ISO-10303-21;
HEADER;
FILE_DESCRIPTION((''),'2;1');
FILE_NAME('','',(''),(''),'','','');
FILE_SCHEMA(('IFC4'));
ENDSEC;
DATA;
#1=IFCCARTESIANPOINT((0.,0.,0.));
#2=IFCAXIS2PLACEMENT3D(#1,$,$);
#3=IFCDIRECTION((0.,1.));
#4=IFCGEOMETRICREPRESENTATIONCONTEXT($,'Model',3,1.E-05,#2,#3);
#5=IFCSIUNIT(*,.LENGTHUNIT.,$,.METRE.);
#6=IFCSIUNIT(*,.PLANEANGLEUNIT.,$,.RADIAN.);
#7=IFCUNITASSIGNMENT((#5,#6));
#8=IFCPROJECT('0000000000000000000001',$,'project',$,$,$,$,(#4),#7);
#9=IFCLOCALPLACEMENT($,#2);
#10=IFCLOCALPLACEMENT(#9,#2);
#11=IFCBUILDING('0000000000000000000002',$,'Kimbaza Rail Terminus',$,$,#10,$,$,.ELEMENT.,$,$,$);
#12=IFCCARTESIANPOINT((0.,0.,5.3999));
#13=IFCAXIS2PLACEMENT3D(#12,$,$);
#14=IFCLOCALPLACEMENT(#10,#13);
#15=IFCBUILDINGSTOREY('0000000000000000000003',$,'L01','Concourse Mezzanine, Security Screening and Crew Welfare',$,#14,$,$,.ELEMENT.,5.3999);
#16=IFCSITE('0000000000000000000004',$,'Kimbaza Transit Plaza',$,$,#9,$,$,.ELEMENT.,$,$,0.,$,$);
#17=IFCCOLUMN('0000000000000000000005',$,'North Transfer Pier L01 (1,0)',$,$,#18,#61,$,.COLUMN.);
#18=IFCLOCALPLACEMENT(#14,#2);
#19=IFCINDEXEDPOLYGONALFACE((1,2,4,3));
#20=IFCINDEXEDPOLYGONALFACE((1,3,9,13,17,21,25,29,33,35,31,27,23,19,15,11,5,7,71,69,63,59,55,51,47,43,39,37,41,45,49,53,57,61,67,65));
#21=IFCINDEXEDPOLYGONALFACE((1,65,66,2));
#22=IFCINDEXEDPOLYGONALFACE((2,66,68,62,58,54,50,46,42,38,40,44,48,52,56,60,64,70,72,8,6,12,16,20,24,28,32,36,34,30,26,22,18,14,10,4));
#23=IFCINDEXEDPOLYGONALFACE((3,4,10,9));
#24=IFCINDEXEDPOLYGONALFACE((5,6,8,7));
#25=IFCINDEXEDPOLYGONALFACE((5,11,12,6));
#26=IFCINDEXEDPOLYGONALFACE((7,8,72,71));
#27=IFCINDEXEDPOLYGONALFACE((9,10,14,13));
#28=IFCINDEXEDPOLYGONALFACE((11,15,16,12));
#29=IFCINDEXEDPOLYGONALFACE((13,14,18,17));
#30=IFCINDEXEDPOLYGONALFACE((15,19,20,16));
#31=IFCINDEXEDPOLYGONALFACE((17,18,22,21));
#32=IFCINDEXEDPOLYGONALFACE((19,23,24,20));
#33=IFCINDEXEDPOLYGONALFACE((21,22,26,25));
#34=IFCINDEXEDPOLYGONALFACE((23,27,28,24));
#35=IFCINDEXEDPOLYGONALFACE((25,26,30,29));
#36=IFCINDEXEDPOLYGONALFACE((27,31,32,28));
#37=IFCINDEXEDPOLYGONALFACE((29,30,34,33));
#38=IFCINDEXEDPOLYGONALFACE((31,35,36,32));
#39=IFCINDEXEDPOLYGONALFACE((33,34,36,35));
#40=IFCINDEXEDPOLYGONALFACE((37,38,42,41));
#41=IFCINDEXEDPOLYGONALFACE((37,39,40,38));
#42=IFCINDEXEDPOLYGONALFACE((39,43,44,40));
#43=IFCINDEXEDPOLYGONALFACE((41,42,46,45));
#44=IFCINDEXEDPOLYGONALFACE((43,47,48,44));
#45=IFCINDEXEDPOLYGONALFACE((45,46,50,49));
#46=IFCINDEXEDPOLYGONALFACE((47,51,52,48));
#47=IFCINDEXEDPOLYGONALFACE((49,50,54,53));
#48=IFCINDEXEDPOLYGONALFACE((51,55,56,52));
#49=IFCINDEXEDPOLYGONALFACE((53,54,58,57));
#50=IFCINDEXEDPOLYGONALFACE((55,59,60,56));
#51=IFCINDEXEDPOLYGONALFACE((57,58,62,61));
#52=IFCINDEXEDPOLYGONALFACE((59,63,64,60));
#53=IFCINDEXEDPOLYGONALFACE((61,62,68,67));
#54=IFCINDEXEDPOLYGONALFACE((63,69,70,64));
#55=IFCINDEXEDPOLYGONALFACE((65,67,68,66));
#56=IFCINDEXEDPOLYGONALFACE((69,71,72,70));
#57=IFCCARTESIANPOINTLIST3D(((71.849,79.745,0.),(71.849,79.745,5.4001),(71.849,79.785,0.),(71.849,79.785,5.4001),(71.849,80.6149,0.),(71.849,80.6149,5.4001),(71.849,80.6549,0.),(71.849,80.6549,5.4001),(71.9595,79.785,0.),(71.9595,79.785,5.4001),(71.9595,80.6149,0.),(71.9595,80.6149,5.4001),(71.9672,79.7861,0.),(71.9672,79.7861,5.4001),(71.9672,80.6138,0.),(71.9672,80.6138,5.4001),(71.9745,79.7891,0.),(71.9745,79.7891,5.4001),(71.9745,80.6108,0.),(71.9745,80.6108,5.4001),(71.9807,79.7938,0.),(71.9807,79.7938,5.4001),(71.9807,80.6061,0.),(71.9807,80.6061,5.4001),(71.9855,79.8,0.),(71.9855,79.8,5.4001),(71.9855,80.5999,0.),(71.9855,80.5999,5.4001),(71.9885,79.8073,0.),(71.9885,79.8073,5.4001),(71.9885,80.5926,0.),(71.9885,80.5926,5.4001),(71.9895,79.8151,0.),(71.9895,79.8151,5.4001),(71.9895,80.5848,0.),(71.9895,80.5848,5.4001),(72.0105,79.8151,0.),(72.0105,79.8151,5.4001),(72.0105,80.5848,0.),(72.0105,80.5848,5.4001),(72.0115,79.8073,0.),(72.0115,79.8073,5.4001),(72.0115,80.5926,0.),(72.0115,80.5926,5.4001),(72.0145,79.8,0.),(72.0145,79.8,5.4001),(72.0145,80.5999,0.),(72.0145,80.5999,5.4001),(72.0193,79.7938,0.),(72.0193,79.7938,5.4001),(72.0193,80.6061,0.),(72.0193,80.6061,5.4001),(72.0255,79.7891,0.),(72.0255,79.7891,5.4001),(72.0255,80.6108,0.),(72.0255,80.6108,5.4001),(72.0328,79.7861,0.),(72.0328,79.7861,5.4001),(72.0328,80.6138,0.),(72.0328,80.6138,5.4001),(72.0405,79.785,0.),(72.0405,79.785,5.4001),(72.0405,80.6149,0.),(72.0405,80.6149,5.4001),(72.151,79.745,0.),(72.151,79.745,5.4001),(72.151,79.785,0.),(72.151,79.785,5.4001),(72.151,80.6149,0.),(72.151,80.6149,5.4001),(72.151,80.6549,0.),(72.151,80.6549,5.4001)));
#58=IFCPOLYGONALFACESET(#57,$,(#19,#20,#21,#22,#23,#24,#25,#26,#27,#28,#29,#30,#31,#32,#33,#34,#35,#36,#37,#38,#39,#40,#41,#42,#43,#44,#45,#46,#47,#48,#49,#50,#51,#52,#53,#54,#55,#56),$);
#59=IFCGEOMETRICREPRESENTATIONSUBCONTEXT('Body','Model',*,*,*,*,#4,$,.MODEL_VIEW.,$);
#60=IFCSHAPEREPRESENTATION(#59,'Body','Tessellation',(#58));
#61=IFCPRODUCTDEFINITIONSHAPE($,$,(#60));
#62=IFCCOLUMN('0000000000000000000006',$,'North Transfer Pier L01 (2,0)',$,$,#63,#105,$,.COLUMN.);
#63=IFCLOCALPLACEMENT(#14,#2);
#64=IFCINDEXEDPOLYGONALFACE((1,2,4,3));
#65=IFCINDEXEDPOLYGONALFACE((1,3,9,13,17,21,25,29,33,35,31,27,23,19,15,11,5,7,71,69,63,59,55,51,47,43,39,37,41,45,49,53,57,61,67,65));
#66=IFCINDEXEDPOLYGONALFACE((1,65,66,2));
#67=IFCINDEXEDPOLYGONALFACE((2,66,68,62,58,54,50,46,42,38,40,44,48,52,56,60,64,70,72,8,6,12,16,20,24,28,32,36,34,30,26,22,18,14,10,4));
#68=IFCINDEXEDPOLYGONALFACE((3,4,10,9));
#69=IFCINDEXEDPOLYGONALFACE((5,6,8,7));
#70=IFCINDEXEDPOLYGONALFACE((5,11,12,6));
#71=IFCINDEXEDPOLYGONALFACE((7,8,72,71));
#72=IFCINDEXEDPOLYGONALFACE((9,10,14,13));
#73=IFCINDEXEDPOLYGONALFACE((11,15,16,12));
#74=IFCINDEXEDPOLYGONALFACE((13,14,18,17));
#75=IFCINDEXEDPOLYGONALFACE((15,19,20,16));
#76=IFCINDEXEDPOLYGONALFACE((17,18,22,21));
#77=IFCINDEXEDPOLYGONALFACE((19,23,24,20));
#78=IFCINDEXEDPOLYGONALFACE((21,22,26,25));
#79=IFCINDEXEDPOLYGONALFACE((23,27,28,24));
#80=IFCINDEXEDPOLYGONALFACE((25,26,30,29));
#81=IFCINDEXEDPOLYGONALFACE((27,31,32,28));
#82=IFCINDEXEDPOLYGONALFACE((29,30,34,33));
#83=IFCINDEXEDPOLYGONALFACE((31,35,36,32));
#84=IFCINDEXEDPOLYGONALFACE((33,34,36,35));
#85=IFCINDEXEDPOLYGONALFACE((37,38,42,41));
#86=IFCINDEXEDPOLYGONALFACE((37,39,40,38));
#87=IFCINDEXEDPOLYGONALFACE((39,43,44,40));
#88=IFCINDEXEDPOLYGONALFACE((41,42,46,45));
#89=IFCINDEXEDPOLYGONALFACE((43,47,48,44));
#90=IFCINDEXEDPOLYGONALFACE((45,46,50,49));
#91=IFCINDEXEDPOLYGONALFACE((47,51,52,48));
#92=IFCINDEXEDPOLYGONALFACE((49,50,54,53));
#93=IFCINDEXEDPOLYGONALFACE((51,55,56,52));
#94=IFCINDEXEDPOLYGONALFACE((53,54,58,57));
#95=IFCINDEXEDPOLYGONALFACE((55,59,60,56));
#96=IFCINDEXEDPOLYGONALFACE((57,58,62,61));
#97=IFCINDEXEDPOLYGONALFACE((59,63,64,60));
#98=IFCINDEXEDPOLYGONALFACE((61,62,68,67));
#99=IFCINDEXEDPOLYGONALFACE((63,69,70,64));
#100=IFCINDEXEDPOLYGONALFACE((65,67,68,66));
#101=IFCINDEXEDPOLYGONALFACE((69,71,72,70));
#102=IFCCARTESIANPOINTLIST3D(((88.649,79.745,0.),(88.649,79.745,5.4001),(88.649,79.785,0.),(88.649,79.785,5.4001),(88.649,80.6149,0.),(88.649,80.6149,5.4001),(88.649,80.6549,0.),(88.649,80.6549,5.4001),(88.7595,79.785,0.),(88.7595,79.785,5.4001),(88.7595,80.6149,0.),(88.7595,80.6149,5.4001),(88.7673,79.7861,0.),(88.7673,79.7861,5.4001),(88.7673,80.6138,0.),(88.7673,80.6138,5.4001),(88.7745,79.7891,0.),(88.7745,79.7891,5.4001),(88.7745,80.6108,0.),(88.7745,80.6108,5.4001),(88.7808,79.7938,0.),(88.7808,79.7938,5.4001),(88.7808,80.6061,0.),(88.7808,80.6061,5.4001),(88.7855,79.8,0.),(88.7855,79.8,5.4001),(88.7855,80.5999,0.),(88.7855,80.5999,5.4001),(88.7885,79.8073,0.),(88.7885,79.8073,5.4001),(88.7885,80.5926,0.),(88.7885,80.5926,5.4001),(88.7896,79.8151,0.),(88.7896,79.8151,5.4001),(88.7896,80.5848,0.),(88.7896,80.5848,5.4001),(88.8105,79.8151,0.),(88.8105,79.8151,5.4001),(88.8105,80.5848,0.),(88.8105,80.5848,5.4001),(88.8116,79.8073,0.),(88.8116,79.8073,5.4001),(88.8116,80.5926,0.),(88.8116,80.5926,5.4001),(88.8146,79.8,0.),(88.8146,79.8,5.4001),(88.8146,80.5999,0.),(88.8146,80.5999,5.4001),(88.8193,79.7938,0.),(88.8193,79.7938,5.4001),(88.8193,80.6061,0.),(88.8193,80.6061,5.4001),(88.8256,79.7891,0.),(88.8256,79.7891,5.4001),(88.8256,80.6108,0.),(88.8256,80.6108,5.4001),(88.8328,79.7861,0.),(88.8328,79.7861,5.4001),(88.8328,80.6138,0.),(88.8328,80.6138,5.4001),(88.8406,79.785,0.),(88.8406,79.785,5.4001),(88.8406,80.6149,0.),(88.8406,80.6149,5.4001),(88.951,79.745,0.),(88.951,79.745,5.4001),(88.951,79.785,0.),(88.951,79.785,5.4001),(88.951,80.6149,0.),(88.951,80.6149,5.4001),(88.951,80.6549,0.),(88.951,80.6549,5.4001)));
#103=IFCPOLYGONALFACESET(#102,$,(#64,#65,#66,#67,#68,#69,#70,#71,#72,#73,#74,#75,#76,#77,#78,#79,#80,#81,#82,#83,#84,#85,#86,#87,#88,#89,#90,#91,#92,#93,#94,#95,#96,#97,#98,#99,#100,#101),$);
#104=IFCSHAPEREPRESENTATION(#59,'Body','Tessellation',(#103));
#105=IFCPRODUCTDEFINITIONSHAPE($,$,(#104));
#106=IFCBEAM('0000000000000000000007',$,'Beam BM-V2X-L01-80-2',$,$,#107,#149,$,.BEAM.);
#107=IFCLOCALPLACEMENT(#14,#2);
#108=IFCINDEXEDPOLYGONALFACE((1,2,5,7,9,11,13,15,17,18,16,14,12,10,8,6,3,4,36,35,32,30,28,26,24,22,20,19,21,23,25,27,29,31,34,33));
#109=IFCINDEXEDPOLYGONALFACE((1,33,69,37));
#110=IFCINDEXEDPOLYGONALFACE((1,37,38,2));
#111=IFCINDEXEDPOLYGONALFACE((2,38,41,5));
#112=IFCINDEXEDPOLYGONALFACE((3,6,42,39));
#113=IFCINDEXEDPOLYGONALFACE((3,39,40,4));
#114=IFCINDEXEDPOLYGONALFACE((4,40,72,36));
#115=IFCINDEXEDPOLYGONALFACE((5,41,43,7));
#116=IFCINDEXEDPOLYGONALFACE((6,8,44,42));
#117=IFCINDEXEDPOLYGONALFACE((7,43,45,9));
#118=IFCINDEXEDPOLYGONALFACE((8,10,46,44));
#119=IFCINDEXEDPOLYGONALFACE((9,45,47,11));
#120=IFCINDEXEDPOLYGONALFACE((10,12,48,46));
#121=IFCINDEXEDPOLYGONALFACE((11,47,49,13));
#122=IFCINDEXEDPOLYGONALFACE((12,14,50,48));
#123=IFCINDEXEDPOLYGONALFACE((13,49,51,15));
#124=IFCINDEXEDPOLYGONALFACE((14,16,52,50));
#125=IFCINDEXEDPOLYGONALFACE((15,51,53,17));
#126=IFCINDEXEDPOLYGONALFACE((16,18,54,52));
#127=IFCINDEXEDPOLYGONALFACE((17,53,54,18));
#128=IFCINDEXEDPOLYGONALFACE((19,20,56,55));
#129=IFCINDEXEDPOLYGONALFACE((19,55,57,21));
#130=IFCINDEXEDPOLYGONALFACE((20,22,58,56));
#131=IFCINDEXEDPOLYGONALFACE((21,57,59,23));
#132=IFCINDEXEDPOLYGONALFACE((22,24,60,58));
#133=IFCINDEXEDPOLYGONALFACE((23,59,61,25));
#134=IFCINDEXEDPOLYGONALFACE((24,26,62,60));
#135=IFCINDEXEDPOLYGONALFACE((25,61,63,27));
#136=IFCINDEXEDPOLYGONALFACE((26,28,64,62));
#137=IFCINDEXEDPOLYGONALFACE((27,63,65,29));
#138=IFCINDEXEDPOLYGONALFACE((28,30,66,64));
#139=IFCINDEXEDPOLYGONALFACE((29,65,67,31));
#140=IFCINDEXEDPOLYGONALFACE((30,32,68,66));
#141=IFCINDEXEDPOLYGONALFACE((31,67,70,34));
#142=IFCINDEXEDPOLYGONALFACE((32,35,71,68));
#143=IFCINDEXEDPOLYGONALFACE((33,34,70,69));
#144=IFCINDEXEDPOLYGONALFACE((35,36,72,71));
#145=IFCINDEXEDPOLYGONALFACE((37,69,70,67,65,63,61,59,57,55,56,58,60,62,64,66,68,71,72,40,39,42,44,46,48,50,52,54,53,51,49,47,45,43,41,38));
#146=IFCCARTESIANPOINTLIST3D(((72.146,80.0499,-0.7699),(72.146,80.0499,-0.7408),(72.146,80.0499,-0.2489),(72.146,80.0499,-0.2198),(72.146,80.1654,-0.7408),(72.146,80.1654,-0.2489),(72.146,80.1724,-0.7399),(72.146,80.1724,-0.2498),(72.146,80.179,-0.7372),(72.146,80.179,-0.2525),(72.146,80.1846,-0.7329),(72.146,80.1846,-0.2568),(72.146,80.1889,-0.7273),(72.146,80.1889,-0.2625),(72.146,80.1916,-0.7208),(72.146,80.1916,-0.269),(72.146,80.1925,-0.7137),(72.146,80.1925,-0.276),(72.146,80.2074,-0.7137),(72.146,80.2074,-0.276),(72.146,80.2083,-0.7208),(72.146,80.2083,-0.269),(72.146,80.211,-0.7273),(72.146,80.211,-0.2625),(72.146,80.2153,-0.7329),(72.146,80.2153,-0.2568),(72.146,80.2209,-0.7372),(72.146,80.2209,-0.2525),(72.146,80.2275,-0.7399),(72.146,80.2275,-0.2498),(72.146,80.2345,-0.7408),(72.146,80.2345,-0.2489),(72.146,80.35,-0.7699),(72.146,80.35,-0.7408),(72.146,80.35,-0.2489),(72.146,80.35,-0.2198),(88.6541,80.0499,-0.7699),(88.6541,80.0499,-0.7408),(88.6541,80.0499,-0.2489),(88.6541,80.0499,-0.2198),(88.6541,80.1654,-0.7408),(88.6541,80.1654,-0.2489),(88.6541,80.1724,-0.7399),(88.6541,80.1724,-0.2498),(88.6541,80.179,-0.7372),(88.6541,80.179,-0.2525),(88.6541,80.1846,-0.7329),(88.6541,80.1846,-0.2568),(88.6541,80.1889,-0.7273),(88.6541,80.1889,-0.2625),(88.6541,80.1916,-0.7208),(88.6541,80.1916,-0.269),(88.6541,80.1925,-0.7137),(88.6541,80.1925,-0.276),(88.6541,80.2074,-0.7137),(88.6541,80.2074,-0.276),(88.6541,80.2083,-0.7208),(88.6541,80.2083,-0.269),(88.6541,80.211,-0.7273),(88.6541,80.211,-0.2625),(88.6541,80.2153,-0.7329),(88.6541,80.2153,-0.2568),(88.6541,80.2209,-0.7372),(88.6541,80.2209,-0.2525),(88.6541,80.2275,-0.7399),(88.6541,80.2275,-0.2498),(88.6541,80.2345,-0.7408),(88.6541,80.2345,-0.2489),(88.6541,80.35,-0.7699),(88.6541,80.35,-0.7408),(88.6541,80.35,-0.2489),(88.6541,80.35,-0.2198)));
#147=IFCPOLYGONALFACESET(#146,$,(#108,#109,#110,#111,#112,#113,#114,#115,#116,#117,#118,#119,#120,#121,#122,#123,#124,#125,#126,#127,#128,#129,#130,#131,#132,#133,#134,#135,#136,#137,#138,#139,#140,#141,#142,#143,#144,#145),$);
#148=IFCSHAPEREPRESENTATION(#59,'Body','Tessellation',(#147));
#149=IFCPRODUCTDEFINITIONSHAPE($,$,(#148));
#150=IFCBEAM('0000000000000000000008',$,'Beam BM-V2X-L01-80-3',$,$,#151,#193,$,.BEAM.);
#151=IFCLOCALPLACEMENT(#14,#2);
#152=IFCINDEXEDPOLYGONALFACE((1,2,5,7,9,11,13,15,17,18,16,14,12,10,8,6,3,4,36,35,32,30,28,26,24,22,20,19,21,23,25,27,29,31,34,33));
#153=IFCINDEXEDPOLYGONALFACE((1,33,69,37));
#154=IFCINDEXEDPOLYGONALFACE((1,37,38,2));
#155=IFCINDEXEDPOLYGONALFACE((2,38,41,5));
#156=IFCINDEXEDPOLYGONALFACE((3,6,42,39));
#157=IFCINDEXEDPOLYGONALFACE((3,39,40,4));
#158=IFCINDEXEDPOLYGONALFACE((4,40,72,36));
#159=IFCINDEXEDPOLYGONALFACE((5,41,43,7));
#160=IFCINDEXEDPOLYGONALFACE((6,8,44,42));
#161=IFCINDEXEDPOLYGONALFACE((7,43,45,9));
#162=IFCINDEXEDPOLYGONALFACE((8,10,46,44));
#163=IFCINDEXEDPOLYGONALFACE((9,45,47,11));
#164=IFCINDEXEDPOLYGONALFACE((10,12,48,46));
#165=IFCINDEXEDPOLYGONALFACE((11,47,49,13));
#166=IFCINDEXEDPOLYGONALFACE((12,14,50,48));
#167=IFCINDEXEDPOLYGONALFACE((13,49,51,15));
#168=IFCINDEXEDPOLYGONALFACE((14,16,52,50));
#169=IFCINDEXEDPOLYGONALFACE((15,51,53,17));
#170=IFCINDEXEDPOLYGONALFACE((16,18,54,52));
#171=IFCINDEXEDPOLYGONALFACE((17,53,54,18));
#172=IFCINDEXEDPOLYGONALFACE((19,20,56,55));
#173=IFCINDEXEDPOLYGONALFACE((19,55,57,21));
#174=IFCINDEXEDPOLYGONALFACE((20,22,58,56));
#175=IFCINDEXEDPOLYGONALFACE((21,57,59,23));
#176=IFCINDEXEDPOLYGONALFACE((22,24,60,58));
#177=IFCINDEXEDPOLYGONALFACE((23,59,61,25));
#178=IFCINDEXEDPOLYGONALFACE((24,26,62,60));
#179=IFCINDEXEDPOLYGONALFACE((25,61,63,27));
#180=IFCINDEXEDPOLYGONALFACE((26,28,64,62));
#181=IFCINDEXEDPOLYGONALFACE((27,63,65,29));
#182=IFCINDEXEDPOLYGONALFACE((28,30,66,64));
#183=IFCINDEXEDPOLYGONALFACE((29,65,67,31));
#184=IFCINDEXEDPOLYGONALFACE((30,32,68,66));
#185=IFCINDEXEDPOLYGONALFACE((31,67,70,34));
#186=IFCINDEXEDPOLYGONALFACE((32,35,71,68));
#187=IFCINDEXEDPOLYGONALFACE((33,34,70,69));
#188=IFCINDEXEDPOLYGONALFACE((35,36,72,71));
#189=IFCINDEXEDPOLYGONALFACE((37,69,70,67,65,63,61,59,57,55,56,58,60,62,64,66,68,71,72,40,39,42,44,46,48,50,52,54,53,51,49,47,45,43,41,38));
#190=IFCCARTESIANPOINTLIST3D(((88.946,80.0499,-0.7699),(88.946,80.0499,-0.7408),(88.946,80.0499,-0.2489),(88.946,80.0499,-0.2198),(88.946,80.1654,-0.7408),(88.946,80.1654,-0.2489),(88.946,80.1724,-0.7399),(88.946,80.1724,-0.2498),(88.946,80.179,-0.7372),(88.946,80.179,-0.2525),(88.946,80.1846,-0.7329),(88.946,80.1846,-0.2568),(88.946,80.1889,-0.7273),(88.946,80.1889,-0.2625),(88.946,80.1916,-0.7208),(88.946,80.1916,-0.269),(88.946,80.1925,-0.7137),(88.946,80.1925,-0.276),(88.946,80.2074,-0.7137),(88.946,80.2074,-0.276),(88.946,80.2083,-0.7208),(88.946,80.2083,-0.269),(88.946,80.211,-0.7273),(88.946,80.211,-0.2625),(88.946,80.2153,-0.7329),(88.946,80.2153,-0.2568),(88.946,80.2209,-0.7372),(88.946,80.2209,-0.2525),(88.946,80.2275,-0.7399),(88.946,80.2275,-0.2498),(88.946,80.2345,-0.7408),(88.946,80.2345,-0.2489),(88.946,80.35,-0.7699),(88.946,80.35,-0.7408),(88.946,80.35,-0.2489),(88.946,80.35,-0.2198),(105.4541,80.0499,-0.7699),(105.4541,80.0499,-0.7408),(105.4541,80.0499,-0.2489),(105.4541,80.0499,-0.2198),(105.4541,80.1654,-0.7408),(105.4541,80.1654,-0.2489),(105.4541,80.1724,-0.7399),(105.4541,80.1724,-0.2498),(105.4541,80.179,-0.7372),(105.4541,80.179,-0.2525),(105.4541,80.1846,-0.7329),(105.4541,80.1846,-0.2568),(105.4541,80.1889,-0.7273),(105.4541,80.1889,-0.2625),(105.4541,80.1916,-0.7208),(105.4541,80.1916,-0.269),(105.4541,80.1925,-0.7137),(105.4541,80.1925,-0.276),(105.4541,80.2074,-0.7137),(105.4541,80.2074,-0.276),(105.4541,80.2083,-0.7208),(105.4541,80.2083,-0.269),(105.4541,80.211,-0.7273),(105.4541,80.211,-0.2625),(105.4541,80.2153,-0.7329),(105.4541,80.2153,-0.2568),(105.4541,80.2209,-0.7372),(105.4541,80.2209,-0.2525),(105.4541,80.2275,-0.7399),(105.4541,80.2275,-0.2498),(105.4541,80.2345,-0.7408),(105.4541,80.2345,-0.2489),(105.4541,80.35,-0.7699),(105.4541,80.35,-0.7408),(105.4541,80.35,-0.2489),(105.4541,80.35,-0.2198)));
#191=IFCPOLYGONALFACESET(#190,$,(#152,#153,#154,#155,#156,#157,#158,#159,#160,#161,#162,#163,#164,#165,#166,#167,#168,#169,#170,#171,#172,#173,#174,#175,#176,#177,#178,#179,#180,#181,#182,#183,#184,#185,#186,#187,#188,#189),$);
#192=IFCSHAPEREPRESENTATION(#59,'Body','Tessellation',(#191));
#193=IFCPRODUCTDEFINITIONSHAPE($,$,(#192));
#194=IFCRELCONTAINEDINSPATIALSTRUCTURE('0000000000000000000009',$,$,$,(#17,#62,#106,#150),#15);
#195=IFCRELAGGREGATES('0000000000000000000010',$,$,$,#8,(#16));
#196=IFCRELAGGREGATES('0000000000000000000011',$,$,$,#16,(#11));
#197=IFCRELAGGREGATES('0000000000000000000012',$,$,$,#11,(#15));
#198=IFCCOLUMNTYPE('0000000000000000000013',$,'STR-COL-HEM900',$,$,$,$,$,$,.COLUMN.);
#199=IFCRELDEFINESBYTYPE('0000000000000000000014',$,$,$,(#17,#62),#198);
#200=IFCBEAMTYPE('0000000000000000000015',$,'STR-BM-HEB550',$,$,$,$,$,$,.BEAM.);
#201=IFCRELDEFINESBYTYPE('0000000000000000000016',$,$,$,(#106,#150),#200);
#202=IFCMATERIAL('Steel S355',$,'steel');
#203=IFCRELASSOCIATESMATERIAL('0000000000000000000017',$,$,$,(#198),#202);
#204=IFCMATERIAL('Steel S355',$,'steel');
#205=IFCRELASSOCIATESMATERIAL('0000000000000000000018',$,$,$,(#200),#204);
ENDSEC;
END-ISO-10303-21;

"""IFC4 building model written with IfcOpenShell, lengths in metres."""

from ifc_helpers import new_model, si_unit, direction, frame, origin, origin_2d, place, context, subcontext, project, spatial, i_section, extrude, material, material_profile, profile_set, type_object, element, save


model = new_model("IFC4")

# Units and contexts
model_context = context("Model", 3, precision=1e-05, world=origin(), true_north=direction((0.0, 1.0)))
body_context = subcontext(model_context, "Body", "Model", "MODEL_VIEW")
ifc_project = project(units=[si_unit("LENGTHUNIT", "METRE"), si_unit("PLANEANGLEUNIT", "RADIAN")], contexts=[model_context])

# Site, building, storey
site_placement = place(None, origin())
site = spatial("IfcSite", under=ifc_project, at=site_placement, Name="Kimbaza Transit Plaza", CompositionType="ELEMENT", RefElevation=0.0)
building_placement = place(site_placement, origin())
building = spatial("IfcBuilding", under=site, at=building_placement, Name="Kimbaza Rail Terminus", CompositionType="ELEMENT")
storey_placement = place(building_placement, frame((0.0, 0.0, 5.3999)))
storey = spatial("IfcBuildingStorey", under=building, at=storey_placement, Name="L01", Description="Concourse Mezzanine, Security Screening and Crew Welfare", CompositionType="ELEMENT", Elevation=5.3999)

# Columns
ifc_material_1 = material(Name="Steel S355", Category="steel")
ifc_material_profile_1 = material_profile(ifc_material_1, i_section(OverallWidth=0.302, OverallDepth=0.9099, WebThickness=0.021, FlangeThickness=0.04, FilletRadius=0.03, at=origin_2d()), Name="HEM 900")
ifc_profile_set_1 = profile_set([ifc_material_profile_1], Name="Steel S355")
column_type = type_object("IfcColumnType", Name="STR-COL-HEM900", PredefinedType="COLUMN", material=ifc_profile_set_1)
for number, where, z_axis, x_axis, name in (
    (1, (72.0, 80.2, 0.0), (0.0, 0.0, 1.0), (1.0, 0.0, 0.0), "North Transfer Pier L01 (1,0)"),
    (2, (88.8, 80.2, 0.0), (0.0, 0.0, 1.0), (1.0, 0.0, 0.0), "North Transfer Pier L01 (2,0)"),
):
    element("IfcColumn", number, at=place(storey_placement, frame(where, z_axis=z_axis, x_axis=x_axis)), inside=storey, type_object=column_type, Name=name, PredefinedType="COLUMN", context=body_context, shape_type="SweptSolid", body=[
        extrude(i_section(OverallWidth=0.302, OverallDepth=0.9099, WebThickness=0.021, FlangeThickness=0.04, FilletRadius=0.03, at=origin_2d()), origin(), (0.0, 0.0, 1.0), 5.4001),
    ])

# Beams
ifc_material_2 = material(Name="Steel S355", Category="steel")
ifc_material_profile_2 = material_profile(ifc_material_2, i_section(OverallWidth=0.3, OverallDepth=0.55, WebThickness=0.0149, FlangeThickness=0.0291, FilletRadius=0.0271, at=origin_2d()), Name="HEB 550")
ifc_profile_set_2 = profile_set([ifc_material_profile_2], Name="Steel S355")
beam_type = type_object("IfcBeamType", Name="STR-BM-HEB550", PredefinedType="BEAM", material=ifc_profile_set_2)
for number, where, z_axis, x_axis, name in (
    (3, (72.146, 80.2, -0.4949), (1.0, 0.0, 0.0), (0.0, 1.0, 0.0), "Beam BM-V2X-L01-80-2"),
    (4, (88.946, 80.2, -0.4949), (1.0, 0.0, 0.0), (0.0, 1.0, 0.0), "Beam BM-V2X-L01-80-3"),
):
    element("IfcBeam", number, at=place(storey_placement, frame(where, z_axis=z_axis, x_axis=x_axis)), inside=storey, type_object=beam_type, Name=name, PredefinedType="BEAM", context=body_context, shape_type="SweptSolid", body=[
        extrude(i_section(OverallWidth=0.3, OverallDepth=0.55, WebThickness=0.0149, FlangeThickness=0.0291, FilletRadius=0.0271, at=origin_2d()), origin(), (0.0, 0.0, 1.0), 16.5081),
    ])

save(model, "model.ifc")
